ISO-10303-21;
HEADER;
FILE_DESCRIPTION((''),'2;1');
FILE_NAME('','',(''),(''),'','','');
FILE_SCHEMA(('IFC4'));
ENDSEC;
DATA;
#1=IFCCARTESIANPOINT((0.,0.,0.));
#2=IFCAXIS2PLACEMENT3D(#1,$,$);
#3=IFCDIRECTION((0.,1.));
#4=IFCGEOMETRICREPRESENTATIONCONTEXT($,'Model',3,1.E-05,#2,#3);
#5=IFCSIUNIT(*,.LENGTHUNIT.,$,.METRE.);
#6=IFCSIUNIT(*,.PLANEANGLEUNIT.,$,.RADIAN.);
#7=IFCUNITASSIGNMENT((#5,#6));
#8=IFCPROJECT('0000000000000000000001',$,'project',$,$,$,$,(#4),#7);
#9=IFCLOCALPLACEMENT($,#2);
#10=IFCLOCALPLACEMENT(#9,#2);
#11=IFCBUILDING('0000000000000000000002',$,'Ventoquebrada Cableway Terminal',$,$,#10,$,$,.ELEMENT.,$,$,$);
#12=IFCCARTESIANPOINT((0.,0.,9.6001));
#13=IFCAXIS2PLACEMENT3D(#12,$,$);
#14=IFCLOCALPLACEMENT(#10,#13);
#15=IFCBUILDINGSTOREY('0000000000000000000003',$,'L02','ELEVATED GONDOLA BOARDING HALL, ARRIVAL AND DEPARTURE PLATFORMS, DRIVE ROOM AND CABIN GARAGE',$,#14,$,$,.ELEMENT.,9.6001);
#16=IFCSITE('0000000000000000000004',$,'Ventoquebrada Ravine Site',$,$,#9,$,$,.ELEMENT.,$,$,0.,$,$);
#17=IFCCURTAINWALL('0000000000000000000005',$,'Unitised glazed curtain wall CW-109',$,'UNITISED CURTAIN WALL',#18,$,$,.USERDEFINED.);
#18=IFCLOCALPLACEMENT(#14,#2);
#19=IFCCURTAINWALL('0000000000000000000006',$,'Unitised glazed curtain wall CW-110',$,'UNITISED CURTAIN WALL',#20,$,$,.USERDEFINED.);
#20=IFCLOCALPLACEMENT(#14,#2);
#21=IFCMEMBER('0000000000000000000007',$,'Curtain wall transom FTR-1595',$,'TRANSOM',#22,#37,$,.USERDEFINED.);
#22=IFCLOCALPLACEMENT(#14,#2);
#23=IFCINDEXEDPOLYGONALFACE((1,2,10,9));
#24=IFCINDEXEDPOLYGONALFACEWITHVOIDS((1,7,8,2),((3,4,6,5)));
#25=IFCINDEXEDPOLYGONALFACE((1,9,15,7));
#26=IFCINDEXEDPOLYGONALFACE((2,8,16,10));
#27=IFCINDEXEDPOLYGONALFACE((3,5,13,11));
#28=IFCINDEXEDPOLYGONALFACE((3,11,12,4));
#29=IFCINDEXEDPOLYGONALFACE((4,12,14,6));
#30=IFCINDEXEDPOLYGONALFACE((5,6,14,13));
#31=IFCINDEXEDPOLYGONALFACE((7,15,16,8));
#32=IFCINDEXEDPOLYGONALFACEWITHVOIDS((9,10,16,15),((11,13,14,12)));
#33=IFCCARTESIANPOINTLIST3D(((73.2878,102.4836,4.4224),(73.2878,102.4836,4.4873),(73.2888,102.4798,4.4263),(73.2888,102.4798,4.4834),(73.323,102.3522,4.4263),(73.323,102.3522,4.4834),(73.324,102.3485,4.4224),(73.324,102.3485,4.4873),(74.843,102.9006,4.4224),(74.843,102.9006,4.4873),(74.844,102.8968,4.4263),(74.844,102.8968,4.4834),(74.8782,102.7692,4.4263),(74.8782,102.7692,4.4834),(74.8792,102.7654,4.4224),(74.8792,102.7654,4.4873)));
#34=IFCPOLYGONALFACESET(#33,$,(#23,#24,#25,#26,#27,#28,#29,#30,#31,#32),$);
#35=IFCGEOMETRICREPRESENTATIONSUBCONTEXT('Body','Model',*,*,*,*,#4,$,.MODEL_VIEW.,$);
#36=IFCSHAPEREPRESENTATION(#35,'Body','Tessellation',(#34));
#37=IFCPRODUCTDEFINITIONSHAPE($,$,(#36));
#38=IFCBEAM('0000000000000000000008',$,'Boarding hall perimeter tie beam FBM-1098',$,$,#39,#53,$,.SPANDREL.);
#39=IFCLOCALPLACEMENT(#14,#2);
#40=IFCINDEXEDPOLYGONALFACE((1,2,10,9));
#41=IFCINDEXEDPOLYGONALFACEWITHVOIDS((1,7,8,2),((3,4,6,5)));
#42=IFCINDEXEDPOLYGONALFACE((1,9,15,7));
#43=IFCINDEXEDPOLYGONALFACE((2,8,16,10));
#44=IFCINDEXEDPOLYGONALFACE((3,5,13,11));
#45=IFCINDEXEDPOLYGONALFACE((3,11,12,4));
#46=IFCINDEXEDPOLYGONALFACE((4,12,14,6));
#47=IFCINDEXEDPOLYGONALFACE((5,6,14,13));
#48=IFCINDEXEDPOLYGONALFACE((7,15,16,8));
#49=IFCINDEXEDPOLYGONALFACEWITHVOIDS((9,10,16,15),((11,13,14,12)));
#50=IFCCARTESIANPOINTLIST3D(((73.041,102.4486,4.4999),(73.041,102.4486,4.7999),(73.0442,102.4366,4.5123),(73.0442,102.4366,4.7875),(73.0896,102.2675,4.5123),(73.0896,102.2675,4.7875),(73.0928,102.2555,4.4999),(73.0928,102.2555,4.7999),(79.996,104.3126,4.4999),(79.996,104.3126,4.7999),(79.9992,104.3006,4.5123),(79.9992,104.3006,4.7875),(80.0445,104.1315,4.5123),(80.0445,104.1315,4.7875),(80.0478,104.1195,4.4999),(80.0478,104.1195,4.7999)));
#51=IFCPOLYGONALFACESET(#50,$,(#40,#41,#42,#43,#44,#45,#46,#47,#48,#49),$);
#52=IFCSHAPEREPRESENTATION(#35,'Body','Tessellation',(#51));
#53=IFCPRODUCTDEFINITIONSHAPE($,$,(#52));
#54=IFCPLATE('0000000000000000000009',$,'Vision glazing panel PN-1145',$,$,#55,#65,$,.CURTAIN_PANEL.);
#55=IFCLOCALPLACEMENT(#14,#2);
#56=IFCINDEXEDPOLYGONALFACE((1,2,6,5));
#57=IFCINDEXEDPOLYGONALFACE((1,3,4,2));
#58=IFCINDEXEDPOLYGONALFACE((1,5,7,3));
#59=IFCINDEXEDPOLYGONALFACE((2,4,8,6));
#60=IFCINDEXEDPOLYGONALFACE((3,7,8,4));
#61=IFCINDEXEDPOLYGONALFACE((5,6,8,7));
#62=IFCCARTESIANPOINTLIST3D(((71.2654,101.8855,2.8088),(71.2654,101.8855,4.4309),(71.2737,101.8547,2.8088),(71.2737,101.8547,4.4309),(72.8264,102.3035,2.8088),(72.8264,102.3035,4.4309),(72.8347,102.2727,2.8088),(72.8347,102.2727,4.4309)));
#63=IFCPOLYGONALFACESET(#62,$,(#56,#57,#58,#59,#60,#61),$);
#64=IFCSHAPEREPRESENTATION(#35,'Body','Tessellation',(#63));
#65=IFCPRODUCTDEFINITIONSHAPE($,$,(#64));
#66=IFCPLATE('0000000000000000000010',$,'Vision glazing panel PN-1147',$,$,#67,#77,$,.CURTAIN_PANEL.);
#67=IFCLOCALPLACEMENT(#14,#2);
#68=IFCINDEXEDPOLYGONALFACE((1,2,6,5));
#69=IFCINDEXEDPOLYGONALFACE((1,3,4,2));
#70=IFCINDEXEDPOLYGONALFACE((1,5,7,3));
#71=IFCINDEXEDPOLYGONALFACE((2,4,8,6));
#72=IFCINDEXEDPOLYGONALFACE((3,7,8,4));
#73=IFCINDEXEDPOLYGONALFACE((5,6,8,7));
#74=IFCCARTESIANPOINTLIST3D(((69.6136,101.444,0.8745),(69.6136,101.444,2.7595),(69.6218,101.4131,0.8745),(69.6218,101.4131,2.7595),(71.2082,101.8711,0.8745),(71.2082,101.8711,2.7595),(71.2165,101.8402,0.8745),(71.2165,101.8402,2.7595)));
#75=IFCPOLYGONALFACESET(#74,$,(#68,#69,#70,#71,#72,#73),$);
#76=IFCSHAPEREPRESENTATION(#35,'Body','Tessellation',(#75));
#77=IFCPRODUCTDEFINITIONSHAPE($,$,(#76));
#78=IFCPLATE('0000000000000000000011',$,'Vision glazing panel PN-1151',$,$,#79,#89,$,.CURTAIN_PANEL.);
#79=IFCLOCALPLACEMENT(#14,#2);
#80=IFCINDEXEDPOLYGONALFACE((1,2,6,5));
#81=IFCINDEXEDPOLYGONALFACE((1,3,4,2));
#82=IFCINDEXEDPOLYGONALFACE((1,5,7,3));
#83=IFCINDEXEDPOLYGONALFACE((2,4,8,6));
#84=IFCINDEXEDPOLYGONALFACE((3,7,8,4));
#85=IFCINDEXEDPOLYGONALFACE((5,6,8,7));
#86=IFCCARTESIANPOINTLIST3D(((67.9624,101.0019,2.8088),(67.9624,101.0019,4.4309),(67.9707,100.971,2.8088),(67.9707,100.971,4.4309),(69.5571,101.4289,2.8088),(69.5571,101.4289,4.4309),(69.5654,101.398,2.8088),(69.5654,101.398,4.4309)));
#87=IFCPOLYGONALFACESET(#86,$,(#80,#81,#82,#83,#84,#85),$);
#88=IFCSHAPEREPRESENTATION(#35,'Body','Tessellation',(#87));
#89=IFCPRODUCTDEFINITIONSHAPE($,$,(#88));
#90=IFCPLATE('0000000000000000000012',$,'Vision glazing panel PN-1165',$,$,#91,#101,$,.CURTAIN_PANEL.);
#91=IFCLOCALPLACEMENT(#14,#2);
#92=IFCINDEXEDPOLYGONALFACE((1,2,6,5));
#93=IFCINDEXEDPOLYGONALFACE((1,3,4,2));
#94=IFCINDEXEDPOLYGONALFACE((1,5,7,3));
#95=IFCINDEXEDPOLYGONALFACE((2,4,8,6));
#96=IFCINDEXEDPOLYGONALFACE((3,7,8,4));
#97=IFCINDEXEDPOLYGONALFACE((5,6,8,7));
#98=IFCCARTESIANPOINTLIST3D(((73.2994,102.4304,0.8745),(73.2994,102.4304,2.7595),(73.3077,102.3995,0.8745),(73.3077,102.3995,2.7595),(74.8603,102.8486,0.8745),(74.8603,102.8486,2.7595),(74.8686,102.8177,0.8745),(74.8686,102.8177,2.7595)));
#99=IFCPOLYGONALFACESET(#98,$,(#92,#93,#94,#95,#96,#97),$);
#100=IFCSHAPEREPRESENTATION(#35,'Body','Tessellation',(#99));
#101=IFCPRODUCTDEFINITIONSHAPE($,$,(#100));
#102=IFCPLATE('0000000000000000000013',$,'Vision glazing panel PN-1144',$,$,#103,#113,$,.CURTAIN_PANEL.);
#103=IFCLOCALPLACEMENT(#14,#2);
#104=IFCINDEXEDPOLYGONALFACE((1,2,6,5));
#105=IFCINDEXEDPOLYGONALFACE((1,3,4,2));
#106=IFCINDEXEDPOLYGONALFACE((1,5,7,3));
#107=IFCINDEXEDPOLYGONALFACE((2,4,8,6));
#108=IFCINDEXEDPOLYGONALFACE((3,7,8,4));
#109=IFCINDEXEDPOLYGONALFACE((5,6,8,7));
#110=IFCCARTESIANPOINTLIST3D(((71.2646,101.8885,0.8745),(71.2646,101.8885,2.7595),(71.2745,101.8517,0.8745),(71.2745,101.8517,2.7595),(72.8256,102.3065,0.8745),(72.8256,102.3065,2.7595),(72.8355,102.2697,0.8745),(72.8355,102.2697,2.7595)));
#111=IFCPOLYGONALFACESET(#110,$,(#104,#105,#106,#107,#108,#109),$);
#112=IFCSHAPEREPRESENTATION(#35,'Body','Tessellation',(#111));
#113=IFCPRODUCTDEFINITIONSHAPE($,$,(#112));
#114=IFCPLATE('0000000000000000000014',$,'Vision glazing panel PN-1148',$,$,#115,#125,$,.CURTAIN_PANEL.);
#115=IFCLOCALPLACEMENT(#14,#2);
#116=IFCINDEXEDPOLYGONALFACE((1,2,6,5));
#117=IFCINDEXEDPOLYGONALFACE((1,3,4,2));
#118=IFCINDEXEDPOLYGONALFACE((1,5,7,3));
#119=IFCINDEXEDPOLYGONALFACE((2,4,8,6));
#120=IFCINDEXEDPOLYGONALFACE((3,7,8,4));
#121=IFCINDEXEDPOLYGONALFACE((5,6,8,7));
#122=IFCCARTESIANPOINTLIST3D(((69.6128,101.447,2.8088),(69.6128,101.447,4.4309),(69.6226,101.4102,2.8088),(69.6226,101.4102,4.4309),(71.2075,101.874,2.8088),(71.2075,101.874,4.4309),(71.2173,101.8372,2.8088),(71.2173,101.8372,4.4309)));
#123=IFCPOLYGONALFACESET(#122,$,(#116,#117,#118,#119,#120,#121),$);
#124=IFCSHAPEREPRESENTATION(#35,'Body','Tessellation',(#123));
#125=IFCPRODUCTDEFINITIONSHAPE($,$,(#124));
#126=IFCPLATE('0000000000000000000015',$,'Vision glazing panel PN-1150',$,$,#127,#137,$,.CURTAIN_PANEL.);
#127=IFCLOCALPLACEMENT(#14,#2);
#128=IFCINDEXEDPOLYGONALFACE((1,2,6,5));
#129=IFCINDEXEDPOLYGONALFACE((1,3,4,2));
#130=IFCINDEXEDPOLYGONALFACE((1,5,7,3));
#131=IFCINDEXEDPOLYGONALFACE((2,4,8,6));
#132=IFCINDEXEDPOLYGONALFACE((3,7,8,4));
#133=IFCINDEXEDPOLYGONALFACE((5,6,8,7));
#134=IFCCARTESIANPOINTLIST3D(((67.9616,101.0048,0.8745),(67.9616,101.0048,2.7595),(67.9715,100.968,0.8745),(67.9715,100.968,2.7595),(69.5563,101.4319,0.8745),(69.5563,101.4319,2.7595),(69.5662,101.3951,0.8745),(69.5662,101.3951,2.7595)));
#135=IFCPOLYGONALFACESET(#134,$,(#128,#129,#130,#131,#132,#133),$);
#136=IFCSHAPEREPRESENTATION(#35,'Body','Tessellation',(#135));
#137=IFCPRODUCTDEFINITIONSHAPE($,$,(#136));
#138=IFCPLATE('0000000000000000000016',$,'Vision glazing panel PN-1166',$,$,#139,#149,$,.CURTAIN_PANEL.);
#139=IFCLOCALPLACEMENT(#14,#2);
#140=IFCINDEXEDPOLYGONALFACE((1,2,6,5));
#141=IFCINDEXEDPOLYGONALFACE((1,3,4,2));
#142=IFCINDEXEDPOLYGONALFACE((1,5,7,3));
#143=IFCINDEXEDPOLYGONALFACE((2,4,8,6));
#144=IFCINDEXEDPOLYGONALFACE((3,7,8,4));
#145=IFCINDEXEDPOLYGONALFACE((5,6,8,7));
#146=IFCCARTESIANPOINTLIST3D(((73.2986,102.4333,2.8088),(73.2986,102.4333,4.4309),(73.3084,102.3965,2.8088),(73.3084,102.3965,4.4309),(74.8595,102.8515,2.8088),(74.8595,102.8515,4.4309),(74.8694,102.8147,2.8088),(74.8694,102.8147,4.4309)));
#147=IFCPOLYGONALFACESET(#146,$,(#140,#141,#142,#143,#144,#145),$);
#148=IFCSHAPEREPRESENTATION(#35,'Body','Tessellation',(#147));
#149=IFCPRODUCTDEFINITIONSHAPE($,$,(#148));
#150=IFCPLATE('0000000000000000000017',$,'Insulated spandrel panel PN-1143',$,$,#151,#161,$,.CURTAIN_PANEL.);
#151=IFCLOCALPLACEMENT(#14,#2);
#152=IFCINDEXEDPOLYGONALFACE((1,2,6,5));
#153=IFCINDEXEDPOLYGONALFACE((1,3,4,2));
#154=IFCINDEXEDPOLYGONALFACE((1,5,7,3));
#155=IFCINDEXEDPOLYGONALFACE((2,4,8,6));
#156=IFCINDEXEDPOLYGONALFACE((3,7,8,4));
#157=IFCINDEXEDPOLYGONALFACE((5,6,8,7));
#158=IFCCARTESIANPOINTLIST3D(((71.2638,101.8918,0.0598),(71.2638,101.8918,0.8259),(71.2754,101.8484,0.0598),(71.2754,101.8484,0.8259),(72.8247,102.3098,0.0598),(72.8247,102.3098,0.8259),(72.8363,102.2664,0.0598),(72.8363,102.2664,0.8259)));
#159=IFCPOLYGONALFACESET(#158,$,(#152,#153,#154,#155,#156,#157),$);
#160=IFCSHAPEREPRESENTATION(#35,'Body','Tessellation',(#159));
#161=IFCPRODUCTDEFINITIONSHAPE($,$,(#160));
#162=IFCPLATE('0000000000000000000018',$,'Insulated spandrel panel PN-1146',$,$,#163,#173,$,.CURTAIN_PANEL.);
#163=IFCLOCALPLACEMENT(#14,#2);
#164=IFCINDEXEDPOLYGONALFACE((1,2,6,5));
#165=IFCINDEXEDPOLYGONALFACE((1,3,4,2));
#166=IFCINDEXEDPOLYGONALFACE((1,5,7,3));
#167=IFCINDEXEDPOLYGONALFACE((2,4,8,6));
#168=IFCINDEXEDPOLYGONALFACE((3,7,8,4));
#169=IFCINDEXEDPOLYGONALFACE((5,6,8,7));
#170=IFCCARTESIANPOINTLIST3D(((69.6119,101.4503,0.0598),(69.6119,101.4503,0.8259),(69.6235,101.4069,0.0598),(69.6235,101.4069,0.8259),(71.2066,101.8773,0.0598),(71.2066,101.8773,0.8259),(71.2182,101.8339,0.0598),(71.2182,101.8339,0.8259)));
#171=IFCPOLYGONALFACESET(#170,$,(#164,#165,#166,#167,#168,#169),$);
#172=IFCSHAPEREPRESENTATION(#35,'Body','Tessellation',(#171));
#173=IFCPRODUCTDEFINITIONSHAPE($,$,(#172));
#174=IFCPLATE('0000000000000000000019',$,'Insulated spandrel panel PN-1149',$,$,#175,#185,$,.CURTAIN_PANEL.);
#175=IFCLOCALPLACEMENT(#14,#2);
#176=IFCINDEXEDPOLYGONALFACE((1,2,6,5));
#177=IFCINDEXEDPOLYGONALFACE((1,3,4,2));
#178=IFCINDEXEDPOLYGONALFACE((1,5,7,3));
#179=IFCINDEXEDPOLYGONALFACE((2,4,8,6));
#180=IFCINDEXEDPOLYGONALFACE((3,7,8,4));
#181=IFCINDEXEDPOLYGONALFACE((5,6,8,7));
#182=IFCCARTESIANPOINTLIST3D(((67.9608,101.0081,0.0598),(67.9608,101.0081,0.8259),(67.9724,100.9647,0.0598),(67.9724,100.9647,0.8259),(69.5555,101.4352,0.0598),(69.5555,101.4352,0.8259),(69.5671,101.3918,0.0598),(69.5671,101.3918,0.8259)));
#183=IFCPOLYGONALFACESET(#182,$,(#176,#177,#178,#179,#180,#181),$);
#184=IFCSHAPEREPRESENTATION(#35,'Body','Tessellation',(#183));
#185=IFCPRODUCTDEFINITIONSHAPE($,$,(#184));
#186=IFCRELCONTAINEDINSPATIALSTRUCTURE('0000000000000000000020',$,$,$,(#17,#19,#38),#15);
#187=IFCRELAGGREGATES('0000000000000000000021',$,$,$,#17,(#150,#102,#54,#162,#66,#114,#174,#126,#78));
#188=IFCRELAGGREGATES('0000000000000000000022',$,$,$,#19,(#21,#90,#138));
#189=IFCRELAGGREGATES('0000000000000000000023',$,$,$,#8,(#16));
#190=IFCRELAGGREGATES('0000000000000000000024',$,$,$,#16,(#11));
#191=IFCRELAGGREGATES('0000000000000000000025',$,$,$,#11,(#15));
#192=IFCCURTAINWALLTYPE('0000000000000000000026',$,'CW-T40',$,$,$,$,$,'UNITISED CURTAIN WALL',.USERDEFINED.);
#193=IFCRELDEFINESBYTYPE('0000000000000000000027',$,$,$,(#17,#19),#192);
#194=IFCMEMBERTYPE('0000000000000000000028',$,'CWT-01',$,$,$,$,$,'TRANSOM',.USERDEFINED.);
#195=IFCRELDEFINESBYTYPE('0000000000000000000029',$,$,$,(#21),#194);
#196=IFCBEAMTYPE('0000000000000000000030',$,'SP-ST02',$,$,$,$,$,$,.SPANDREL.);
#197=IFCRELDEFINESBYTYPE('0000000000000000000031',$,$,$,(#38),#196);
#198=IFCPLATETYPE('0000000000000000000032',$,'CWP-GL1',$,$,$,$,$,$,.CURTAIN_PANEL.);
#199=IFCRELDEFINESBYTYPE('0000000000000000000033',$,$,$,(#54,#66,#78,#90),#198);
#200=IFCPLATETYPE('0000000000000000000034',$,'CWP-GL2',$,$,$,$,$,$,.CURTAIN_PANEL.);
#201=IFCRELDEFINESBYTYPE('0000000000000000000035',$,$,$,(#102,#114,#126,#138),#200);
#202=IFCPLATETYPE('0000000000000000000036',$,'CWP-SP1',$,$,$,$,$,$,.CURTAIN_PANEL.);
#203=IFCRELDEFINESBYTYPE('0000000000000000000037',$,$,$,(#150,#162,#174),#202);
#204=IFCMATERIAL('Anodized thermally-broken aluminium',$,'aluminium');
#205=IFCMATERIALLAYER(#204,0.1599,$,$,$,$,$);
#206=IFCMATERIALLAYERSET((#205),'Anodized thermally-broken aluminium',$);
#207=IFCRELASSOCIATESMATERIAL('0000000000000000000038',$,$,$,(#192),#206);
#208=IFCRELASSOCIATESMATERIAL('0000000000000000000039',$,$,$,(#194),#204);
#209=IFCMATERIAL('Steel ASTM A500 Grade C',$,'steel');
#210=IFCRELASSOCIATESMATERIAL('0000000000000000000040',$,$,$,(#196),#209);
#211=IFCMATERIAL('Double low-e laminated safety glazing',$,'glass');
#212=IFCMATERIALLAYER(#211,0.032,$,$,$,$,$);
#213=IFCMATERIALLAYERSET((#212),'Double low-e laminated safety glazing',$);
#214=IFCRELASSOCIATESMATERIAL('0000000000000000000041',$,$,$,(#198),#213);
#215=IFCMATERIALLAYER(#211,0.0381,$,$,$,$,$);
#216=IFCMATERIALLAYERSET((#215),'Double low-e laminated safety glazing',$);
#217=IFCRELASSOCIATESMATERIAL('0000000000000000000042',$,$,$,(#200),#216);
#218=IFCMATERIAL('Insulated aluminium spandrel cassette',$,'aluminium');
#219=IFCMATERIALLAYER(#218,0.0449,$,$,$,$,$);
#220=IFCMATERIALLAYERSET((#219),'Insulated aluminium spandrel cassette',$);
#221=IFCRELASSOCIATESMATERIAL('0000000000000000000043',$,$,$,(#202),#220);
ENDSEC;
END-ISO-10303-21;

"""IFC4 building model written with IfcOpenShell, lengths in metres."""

from ifc_helpers import new_model, si_unit, direction, frame, origin, origin_2d, place, context, subcontext, project, spatial, rectangle, hollow_rectangle, extrude, material, layer, layer_set, material_profile, profile_set, type_object, element, aggregate, save


model = new_model("IFC4")

# Units and contexts
model_context = context("Model", 3, precision=1e-05, world=origin(), true_north=direction((0.0, 1.0)))
body_context = subcontext(model_context, "Body", "Model", "MODEL_VIEW")
ifc_project = project(units=[si_unit("LENGTHUNIT", "METRE"), si_unit("PLANEANGLEUNIT", "RADIAN")], contexts=[model_context])

# Site, building, storey
site_placement = place(None, origin())
site = spatial("IfcSite", under=ifc_project, at=site_placement, Name="Ventoquebrada Ravine Site", CompositionType="ELEMENT", RefElevation=0.0)
building_placement = place(site_placement, origin())
building = spatial("IfcBuilding", under=site, at=building_placement, Name="Ventoquebrada Cableway Terminal", CompositionType="ELEMENT")
storey_placement = place(building_placement, frame((0.0, 0.0, 9.6001)))
storey = spatial("IfcBuildingStorey", under=building, at=storey_placement, Name="L02", Description="ELEVATED GONDOLA BOARDING HALL, ARRIVAL AND DEPARTURE PLATFORMS, DRIVE ROOM AND CABIN GARAGE", CompositionType="ELEMENT", Elevation=9.6001)

# Shared definitions
ifc_material_1 = material(Name="Steel ASTM A500 Grade C", Category="steel")

# Curtain walls
ifc_material_2 = material(Name="Anodized thermally-broken aluminium", Category="aluminium")
ifc_layer_1 = layer(ifc_material_2, 0.1599)
ifc_layer_set_1 = layer_set([ifc_layer_1], Name="Anodized thermally-broken aluminium")
curtain_wall_type = type_object("IfcCurtainWallType", Name="CW-T40", ElementType="UNITISED CURTAIN WALL", PredefinedType="USERDEFINED", material=ifc_layer_set_1)
curtain_wall_1_placement = place(storey_placement, origin())
curtain_wall_1 = element("IfcCurtainWall", 1, at=curtain_wall_1_placement, inside=storey, type_object=curtain_wall_type, Name="Unitised glazed curtain wall CW-109", ObjectType="UNITISED CURTAIN WALL", PredefinedType="USERDEFINED")
curtain_wall_2_placement = place(storey_placement, origin())
curtain_wall_2 = element("IfcCurtainWall", 2, at=curtain_wall_2_placement, inside=storey, type_object=curtain_wall_type, Name="Unitised glazed curtain wall CW-110", ObjectType="UNITISED CURTAIN WALL", PredefinedType="USERDEFINED")

# Member
ifc_material_profile_1 = material_profile(ifc_material_2, hollow_rectangle(XDim=0.0649, YDim=0.1399, WallThickness=0.0039, at=origin_2d()), Name="CW-TRN-65X140")
ifc_profile_set_1 = profile_set([ifc_material_profile_1], Name="Anodized thermally-broken aluminium")
member_type_1 = type_object("IfcMemberType", Name="CWT-01", ElementType="TRANSOM", PredefinedType="USERDEFINED", material=ifc_profile_set_1)
member_1_placement = place(storey_placement, frame((74.8611, 102.833, 4.4548), z_axis=(-0.965882, -0.258984, 0.0), x_axis=(0.0, 0.0, 1.0)))
member_1 = element("IfcMember", 3, at=member_1_placement, type_object=member_type_1, Name="Curtain wall transom FTR-1595", ObjectType="TRANSOM", PredefinedType="USERDEFINED", context=body_context, shape_type="SweptSolid", body=[
    extrude(hollow_rectangle(XDim=0.0649, YDim=0.1399, WallThickness=0.0039, at=origin_2d()), origin(), (0.0, 0.0, 1.0), 1.6101),
])

# Beam
ifc_material_profile_2 = material_profile(ifc_material_1, hollow_rectangle(XDim=0.2, YDim=0.3, WallThickness=0.0125, at=origin_2d()), Name="RHS300X200X12.5")
ifc_profile_set_2 = profile_set([ifc_material_profile_2], Name="Steel ASTM A500 Grade C")
beam_type = type_object("IfcBeamType", Name="SP-ST02", PredefinedType="SPANDREL", material=ifc_profile_set_2)
beam_placement = place(storey_placement, frame((73.0669, 102.3521, 4.6499), z_axis=(0.965912, 0.258872, 0.0), x_axis=(-0.258872, 0.965912, 0.0)))
element("IfcBeam", 4, at=beam_placement, inside=storey, type_object=beam_type, Name="Boarding hall perimeter tie beam FBM-1098", PredefinedType="SPANDREL", context=body_context, shape_type="SweptSolid", body=[
    extrude(hollow_rectangle(XDim=0.2, YDim=0.3, WallThickness=0.0125, at=origin_2d()), origin(), (0.0, 0.0, 1.0), 7.2004),
])

# Plates
ifc_material_3 = material(Name="Double low-e laminated safety glazing", Category="glass")
ifc_layer_2 = layer(ifc_material_3, 0.032)
ifc_layer_set_2 = layer_set([ifc_layer_2], Name="Double low-e laminated safety glazing")
plate_type_1 = type_object("IfcPlateType", Name="CWP-GL1", PredefinedType="CURTAIN_PANEL", material=ifc_layer_set_2)
plate_1_placement = place(storey_placement, frame((72.05, 102.0791, 2.8088), z_axis=(0.0, 0.0, 1.0), x_axis=(-0.965966, -0.258667, 0.0)))
plate_1 = element("IfcPlate", 5, at=plate_1_placement, type_object=plate_type_1, Name="Vision glazing panel PN-1145", PredefinedType="CURTAIN_PANEL", context=body_context, shape_type="SweptSolid", body=[
    extrude(rectangle(XDim=1.616, YDim=0.032, at=origin_2d()), origin(), (0.0, 0.0, 1.0), 1.6221),
])
plate_2_placement = place(storey_placement, frame((70.415, 101.6421, 0.8745), z_axis=(0.0, 0.0, 1.0), x_axis=(-0.965966, -0.258667, 0.0)))
plate_2 = element("IfcPlate", 6, at=plate_2_placement, type_object=plate_type_1, Name="Vision glazing panel PN-1147", PredefinedType="CURTAIN_PANEL", context=body_context, shape_type="SweptSolid", body=[
    extrude(rectangle(XDim=1.6509, YDim=0.032, at=origin_2d()), origin(), (0.0, 0.0, 1.0), 1.885),
])
plate_3_placement = place(storey_placement, frame((68.7639, 101.2, 2.8088), z_axis=(0.0, 0.0, 1.0), x_axis=(-0.965966, -0.258667, 0.0)))
plate_3 = element("IfcPlate", 7, at=plate_3_placement, type_object=plate_type_1, Name="Vision glazing panel PN-1151", PredefinedType="CURTAIN_PANEL", context=body_context, shape_type="SweptSolid", body=[
    extrude(rectangle(XDim=1.6509, YDim=0.032, at=origin_2d()), origin(), (0.0, 0.0, 1.0), 1.6221),
])
plate_4_placement = place(storey_placement, frame((74.084, 102.624, 0.8745), z_axis=(0.0, 0.0, 1.0), x_axis=(-0.965939, -0.258768, 0.0)))
plate_4 = element("IfcPlate", 8, at=plate_4_placement, type_object=plate_type_1, Name="Vision glazing panel PN-1165", PredefinedType="CURTAIN_PANEL", context=body_context, shape_type="SweptSolid", body=[
    extrude(rectangle(XDim=1.616, YDim=0.032, at=origin_2d()), origin(), (0.0, 0.0, 1.0), 1.885),
])
ifc_layer_3 = layer(ifc_material_3, 0.0381)
ifc_layer_set_3 = layer_set([ifc_layer_3], Name="Double low-e laminated safety glazing")
plate_type_2 = type_object("IfcPlateType", Name="CWP-GL2", PredefinedType="CURTAIN_PANEL", material=ifc_layer_set_3)
plate_5_placement = place(storey_placement, frame((72.05, 102.0791, 0.8745), z_axis=(0.0, 0.0, 1.0), x_axis=(-0.965966, -0.258667, 0.0)))
plate_5 = element("IfcPlate", 9, at=plate_5_placement, type_object=plate_type_2, Name="Vision glazing panel PN-1144", PredefinedType="CURTAIN_PANEL", context=body_context, shape_type="SweptSolid", body=[
    extrude(rectangle(XDim=1.616, YDim=0.0381, at=origin_2d()), origin(), (0.0, 0.0, 1.0), 1.885),
])
plate_6_placement = place(storey_placement, frame((70.415, 101.6421, 2.8088), z_axis=(0.0, 0.0, 1.0), x_axis=(-0.965966, -0.258667, 0.0)))
plate_6 = element("IfcPlate", 10, at=plate_6_placement, type_object=plate_type_2, Name="Vision glazing panel PN-1148", PredefinedType="CURTAIN_PANEL", context=body_context, shape_type="SweptSolid", body=[
    extrude(rectangle(XDim=1.6509, YDim=0.0381, at=origin_2d()), origin(), (0.0, 0.0, 1.0), 1.6221),
])
plate_7_placement = place(storey_placement, frame((68.7639, 101.2, 0.8745), z_axis=(0.0, 0.0, 1.0), x_axis=(-0.965966, -0.258667, 0.0)))
plate_7 = element("IfcPlate", 11, at=plate_7_placement, type_object=plate_type_2, Name="Vision glazing panel PN-1150", PredefinedType="CURTAIN_PANEL", context=body_context, shape_type="SweptSolid", body=[
    extrude(rectangle(XDim=1.6509, YDim=0.0381, at=origin_2d()), origin(), (0.0, 0.0, 1.0), 1.885),
])
plate_8_placement = place(storey_placement, frame((74.084, 102.624, 2.8088), z_axis=(0.0, 0.0, 1.0), x_axis=(-0.965939, -0.258768, 0.0)))
plate_8 = element("IfcPlate", 12, at=plate_8_placement, type_object=plate_type_2, Name="Vision glazing panel PN-1166", PredefinedType="CURTAIN_PANEL", context=body_context, shape_type="SweptSolid", body=[
    extrude(rectangle(XDim=1.616, YDim=0.0381, at=origin_2d()), origin(), (0.0, 0.0, 1.0), 1.6221),
])
ifc_material_4 = material(Name="Insulated aluminium spandrel cassette", Category="aluminium")
ifc_layer_4 = layer(ifc_material_4, 0.0449)
ifc_layer_set_4 = layer_set([ifc_layer_4], Name="Insulated aluminium spandrel cassette")
plate_type_3 = type_object("IfcPlateType", Name="CWP-SP1", PredefinedType="CURTAIN_PANEL", material=ifc_layer_set_4)
plate_9_placement = place(storey_placement, frame((72.05, 102.0791, 0.0598), z_axis=(0.0, 0.0, 1.0), x_axis=(-0.965966, -0.258667, 0.0)))
plate_9 = element("IfcPlate", 13, at=plate_9_placement, type_object=plate_type_3, Name="Insulated spandrel panel PN-1143", PredefinedType="CURTAIN_PANEL", context=body_context, shape_type="SweptSolid", body=[
    extrude(rectangle(XDim=1.616, YDim=0.0449, at=origin_2d()), origin(), (0.0, 0.0, 1.0), 0.7661),
])
plate_10_placement = place(storey_placement, frame((70.415, 101.6421, 0.0598), z_axis=(0.0, 0.0, 1.0), x_axis=(-0.965966, -0.258667, 0.0)))
plate_10 = element("IfcPlate", 14, at=plate_10_placement, type_object=plate_type_3, Name="Insulated spandrel panel PN-1146", PredefinedType="CURTAIN_PANEL", context=body_context, shape_type="SweptSolid", body=[
    extrude(rectangle(XDim=1.6509, YDim=0.0449, at=origin_2d()), origin(), (0.0, 0.0, 1.0), 0.7661),
])
plate_11_placement = place(storey_placement, frame((68.7639, 101.2, 0.0598), z_axis=(0.0, 0.0, 1.0), x_axis=(-0.965966, -0.258667, 0.0)))
plate_11 = element("IfcPlate", 15, at=plate_11_placement, type_object=plate_type_3, Name="Insulated spandrel panel PN-1149", PredefinedType="CURTAIN_PANEL", context=body_context, shape_type="SweptSolid", body=[
    extrude(rectangle(XDim=1.6509, YDim=0.0449, at=origin_2d()), origin(), (0.0, 0.0, 1.0), 0.7661),
])
aggregate(curtain_wall_1, [plate_9, plate_5, plate_1, plate_10, plate_2, plate_6, plate_11, plate_7, plate_3])
aggregate(curtain_wall_2, [member_1, plate_4, plate_8])

save(model, "model.ifc")
